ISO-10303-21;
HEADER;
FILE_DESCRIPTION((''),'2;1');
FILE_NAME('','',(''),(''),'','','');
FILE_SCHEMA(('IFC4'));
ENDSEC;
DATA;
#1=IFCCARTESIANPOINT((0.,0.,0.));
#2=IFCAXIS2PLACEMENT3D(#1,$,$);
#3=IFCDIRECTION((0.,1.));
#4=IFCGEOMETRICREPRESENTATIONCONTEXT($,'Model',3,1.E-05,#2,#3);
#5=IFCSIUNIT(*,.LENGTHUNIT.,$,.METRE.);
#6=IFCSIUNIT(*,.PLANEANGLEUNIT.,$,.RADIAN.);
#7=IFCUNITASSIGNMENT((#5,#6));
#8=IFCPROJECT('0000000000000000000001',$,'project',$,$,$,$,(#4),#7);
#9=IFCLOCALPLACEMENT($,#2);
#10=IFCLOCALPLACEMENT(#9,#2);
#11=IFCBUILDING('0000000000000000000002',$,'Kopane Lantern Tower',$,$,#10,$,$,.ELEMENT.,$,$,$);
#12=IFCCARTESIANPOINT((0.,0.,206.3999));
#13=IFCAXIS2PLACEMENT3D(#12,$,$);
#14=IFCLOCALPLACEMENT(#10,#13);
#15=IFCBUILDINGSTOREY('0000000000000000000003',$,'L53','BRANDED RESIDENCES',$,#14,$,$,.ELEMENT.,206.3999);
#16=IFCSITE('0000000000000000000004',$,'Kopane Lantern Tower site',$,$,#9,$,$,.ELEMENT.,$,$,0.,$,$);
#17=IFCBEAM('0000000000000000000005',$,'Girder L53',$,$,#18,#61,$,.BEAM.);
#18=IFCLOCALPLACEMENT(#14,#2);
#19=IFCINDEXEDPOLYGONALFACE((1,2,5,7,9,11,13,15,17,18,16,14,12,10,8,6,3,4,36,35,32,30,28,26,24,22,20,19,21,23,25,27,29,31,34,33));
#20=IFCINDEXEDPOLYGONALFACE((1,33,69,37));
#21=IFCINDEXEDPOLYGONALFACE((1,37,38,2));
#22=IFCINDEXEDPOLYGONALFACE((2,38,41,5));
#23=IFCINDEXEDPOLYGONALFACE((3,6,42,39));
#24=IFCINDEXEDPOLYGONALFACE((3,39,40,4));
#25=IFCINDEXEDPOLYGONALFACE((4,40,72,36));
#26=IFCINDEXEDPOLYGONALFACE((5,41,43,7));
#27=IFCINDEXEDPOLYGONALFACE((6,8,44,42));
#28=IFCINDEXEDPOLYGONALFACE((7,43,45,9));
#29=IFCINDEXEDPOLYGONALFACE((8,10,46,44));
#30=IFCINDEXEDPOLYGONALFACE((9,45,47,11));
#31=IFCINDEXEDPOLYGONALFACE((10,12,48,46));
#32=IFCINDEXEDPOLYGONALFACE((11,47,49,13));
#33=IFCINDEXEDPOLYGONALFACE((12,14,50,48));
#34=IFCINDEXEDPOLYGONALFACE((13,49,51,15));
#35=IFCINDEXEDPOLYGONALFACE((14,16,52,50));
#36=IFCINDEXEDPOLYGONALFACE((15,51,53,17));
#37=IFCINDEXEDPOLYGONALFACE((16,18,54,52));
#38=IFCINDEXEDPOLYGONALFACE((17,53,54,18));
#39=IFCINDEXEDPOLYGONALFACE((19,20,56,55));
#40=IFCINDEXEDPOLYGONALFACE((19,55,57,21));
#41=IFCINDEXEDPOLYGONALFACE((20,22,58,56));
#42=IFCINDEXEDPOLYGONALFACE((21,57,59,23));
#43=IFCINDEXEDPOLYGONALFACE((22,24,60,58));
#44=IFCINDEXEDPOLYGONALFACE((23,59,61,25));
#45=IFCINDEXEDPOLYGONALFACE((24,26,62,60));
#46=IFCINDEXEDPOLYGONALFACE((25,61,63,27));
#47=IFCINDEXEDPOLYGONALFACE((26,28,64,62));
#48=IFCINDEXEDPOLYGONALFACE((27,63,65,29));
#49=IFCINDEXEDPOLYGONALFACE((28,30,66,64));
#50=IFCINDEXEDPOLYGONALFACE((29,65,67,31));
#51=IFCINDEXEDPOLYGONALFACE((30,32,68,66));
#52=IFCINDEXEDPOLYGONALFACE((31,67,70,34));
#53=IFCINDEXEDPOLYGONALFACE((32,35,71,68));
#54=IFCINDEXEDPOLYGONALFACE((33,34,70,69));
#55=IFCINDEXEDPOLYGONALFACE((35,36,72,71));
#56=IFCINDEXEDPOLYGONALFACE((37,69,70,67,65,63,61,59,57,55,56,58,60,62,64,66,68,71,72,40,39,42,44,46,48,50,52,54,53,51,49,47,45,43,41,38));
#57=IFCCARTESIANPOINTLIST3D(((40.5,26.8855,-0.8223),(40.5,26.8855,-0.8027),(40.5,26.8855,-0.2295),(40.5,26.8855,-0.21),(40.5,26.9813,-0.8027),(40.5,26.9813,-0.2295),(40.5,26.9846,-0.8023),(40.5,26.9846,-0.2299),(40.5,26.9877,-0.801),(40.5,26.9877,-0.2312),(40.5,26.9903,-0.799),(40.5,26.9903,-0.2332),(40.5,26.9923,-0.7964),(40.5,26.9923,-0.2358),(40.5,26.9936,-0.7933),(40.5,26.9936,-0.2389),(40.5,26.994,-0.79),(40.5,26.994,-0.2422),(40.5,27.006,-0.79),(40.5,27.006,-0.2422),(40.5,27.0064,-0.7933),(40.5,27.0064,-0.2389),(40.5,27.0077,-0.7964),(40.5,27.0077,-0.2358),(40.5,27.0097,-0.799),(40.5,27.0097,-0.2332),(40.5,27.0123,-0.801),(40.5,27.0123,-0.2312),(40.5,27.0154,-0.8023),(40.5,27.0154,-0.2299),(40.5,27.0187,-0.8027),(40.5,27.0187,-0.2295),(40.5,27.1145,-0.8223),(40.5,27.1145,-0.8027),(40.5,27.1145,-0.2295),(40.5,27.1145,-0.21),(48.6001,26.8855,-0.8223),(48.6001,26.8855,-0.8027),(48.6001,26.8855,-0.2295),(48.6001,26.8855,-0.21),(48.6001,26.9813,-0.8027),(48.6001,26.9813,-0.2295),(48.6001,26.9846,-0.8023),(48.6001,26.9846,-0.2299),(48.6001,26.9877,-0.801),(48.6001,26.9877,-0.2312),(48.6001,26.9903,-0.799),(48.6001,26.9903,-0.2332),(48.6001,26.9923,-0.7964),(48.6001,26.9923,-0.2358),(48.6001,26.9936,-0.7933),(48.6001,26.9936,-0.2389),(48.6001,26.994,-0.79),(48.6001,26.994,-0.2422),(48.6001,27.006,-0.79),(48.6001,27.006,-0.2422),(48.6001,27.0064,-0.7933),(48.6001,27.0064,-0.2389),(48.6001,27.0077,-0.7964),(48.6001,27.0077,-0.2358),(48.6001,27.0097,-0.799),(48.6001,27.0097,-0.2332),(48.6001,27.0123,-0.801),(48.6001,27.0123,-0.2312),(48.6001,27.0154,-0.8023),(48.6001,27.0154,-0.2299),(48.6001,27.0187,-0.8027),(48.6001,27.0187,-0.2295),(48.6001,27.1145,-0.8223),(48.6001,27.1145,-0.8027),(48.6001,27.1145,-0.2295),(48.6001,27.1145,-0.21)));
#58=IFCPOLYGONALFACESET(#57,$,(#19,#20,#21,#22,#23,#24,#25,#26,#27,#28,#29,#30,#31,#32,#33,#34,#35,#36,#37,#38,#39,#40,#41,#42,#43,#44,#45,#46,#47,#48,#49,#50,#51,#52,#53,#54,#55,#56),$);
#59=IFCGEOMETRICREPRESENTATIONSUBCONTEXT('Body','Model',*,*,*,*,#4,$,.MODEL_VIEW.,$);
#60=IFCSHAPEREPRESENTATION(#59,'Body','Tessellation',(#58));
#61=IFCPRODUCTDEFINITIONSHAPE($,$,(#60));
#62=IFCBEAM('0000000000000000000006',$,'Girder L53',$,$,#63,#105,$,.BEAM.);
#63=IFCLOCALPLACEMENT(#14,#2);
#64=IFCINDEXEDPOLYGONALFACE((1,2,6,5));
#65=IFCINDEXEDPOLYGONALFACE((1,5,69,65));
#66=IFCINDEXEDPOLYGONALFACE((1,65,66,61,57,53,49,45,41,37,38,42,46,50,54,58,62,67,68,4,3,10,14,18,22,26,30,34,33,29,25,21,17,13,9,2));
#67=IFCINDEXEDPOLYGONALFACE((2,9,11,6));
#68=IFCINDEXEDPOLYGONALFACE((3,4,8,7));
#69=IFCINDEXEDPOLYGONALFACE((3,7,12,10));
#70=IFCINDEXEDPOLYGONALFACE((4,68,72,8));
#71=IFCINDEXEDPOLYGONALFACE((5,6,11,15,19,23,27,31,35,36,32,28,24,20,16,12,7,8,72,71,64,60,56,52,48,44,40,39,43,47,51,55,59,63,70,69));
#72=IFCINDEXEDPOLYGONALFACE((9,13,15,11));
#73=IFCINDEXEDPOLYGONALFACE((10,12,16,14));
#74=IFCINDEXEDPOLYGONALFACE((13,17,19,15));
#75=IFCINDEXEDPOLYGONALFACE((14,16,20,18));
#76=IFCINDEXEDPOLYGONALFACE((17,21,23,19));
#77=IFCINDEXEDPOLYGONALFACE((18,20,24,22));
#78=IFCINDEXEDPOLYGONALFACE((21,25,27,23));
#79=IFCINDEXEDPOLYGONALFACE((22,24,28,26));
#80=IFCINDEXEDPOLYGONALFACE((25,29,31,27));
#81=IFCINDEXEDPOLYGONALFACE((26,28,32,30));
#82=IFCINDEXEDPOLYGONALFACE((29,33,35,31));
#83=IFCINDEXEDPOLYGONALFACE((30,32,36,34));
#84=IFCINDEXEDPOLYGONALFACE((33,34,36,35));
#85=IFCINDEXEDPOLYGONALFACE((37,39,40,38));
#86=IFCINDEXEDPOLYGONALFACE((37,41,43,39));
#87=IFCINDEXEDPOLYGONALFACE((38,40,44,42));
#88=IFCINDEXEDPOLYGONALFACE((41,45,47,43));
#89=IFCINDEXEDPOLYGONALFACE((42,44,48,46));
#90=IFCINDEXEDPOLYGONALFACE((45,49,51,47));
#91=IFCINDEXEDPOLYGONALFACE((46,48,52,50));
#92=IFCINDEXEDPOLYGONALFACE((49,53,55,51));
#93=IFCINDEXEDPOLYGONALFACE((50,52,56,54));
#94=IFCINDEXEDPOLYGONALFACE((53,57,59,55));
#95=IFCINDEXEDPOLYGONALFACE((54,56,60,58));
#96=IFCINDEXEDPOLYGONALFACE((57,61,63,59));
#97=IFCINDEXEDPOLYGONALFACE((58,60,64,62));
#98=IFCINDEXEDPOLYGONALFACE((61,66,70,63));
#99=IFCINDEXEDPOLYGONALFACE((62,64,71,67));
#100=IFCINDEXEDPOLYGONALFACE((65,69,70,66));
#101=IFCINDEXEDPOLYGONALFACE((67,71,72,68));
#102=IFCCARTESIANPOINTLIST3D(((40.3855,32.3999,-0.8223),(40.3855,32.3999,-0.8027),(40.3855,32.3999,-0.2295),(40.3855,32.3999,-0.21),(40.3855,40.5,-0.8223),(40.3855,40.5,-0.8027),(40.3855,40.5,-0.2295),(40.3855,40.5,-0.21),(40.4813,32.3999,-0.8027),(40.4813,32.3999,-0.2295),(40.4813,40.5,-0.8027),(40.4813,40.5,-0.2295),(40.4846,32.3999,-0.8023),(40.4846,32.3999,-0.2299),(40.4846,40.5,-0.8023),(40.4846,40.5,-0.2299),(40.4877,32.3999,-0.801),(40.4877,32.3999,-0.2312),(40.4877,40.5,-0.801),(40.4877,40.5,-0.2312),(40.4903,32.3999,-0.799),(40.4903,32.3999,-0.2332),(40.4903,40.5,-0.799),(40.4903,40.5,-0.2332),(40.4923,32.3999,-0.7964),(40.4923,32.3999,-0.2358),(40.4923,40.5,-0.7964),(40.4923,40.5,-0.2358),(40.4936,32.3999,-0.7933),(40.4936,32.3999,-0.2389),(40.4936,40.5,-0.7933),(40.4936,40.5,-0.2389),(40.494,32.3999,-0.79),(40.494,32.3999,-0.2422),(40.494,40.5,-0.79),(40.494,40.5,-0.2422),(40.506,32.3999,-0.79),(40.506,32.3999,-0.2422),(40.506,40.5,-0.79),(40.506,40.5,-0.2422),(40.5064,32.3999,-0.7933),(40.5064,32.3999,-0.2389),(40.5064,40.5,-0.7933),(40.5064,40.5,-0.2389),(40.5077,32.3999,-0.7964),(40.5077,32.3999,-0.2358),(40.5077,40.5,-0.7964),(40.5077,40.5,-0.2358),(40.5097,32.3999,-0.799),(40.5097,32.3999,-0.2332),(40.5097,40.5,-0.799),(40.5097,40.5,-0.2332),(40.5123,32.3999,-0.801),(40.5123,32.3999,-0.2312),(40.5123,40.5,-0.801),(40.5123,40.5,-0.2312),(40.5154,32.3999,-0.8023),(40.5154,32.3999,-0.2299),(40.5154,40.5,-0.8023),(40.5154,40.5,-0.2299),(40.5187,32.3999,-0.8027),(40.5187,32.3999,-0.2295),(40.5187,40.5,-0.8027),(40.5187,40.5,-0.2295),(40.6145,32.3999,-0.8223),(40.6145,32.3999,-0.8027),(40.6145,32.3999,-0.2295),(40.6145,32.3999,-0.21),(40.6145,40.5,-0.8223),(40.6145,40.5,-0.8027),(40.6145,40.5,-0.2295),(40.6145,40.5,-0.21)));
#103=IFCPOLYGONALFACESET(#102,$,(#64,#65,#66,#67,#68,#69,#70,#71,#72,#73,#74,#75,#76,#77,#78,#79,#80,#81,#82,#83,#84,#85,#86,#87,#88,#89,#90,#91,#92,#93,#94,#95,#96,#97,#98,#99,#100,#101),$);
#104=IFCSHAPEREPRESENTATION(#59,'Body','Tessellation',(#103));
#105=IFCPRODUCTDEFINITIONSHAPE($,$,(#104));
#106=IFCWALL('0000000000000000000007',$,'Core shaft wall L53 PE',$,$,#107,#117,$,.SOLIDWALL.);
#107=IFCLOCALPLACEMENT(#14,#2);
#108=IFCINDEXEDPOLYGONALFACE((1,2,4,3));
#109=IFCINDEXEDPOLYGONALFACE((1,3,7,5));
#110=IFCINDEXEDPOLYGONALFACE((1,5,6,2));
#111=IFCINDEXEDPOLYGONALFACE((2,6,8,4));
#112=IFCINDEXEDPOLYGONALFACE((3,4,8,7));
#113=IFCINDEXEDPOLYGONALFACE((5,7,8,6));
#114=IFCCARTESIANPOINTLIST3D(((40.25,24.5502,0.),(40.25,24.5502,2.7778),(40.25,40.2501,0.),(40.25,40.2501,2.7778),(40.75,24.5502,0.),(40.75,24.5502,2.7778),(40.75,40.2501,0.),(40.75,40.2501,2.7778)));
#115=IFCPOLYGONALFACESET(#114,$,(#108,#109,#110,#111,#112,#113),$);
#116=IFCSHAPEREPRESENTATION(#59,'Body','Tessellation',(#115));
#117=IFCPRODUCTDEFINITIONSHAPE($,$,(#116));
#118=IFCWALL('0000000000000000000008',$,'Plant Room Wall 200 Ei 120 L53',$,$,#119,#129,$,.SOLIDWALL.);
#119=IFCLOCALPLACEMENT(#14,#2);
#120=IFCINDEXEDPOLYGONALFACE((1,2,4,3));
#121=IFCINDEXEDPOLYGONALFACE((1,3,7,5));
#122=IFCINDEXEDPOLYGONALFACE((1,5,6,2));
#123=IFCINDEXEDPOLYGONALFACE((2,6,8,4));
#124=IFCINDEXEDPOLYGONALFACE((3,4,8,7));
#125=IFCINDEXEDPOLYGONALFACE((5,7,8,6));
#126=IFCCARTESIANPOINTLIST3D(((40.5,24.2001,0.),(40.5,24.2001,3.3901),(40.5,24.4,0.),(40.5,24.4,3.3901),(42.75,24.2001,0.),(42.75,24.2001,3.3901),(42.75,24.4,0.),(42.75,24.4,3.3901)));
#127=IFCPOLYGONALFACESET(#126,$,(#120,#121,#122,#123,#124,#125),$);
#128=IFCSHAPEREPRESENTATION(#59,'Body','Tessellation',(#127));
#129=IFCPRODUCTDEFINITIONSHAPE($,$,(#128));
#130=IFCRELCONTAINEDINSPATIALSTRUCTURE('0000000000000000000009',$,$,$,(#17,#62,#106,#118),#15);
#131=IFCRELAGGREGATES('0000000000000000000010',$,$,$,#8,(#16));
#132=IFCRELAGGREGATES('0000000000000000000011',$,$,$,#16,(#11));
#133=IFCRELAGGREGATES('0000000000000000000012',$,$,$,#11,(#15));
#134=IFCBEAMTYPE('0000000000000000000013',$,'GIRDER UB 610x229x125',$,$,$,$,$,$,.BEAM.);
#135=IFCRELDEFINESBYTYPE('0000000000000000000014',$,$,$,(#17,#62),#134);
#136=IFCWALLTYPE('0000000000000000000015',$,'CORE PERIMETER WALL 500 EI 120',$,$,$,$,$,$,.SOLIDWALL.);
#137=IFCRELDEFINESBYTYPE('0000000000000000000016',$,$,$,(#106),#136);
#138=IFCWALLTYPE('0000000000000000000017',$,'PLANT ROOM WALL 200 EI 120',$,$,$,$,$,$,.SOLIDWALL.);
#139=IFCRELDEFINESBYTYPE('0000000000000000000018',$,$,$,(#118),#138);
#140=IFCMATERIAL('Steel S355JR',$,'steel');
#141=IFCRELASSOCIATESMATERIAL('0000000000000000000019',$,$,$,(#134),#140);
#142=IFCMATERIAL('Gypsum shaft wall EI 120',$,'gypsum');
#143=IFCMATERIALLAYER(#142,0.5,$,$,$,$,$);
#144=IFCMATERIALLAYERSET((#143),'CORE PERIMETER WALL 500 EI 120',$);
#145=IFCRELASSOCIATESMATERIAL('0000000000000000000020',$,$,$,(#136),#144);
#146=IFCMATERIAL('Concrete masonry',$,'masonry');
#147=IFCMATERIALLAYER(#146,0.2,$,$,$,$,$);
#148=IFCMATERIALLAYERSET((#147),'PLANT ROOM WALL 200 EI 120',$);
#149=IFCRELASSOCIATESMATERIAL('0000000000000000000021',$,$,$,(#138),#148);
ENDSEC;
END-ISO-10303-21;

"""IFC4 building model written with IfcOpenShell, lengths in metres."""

from ifc_helpers import new_model, si_unit, direction, frame, frame_2d, origin, origin_2d, place, context, subcontext, project, spatial, rectangle, i_section, extrude, material, layer, layer_set, material_profile, profile_set, type_object, element, save


model = new_model("IFC4")

# Units and contexts
model_context = context("Model", 3, precision=1e-05, world=origin(), true_north=direction((0.0, 1.0)))
body_context = subcontext(model_context, "Body", "Model", "MODEL_VIEW")
ifc_project = project(units=[si_unit("LENGTHUNIT", "METRE"), si_unit("PLANEANGLEUNIT", "RADIAN")], contexts=[model_context])

# Site, building, storey
site_placement = place(None, origin())
site = spatial("IfcSite", under=ifc_project, at=site_placement, Name="Kopane Lantern Tower site", CompositionType="ELEMENT", RefElevation=0.0)
building_placement = place(site_placement, origin())
building = spatial("IfcBuilding", under=site, at=building_placement, Name="Kopane Lantern Tower", CompositionType="ELEMENT")
storey_placement = place(building_placement, frame((0.0, 0.0, 206.3999)))
storey = spatial("IfcBuildingStorey", under=building, at=storey_placement, Name="L53", Description="BRANDED RESIDENCES", CompositionType="ELEMENT", Elevation=206.3999)

# Beams
ifc_material_1 = material(Name="Steel S355JR", Category="steel")
ifc_material_profile_1 = material_profile(ifc_material_1, i_section(OverallWidth=0.229, OverallDepth=0.6123, WebThickness=0.012, FlangeThickness=0.0195, FilletRadius=0.0127, at=origin_2d()), Name="UB 610x229x125")
ifc_profile_set_1 = profile_set([ifc_material_profile_1], Name="Steel S355JR")
beam_type = type_object("IfcBeamType", Name="GIRDER UB 610x229x125", PredefinedType="BEAM", material=ifc_profile_set_1)
for number, where, z_axis, x_axis, name in (
    (1, (40.5, 27.0, -0.5161), (1.0, 0.0, 0.0), (0.0, 1.0, 0.0), "Girder L53"),
    (2, (40.5, 32.3999, -0.5161), (0.0, 1.0, 0.0), (-1.0, 0.0, 0.0), "Girder L53"),
):
    element("IfcBeam", number, at=place(storey_placement, frame(where, z_axis=z_axis, x_axis=x_axis)), inside=storey, type_object=beam_type, Name=name, PredefinedType="BEAM", context=body_context, shape_type="SweptSolid", body=[
        extrude(i_section(OverallWidth=0.229, OverallDepth=0.6123, WebThickness=0.012, FlangeThickness=0.0195, FilletRadius=0.0127, at=origin_2d()), origin(), (0.0, 0.0, 1.0), 8.1001),
    ])

# Walls
ifc_material_2 = material(Name="Gypsum shaft wall EI 120", Category="gypsum")
ifc_layer_1 = layer(ifc_material_2, 0.5)
ifc_layer_set_1 = layer_set([ifc_layer_1], Name="CORE PERIMETER WALL 500 EI 120")
wall_type_1 = type_object("IfcWallType", Name="CORE PERIMETER WALL 500 EI 120", PredefinedType="SOLIDWALL", material=ifc_layer_set_1)
wall_1_placement = place(storey_placement, frame((40.5, 24.55, 0.0), z_axis=(0.0, 0.0, 1.0), x_axis=(0.0, 1.0, 0.0)))
element("IfcWall", 3, at=wall_1_placement, inside=storey, type_object=wall_type_1, Name="Core shaft wall L53 PE", PredefinedType="SOLIDWALL", context=body_context, shape_type="SweptSolid", body=[
    extrude(rectangle(XDim=15.7, YDim=0.5, at=frame_2d((7.8501, 0.0))), origin(), (0.0, 0.0, 1.0), 2.7778),
])
ifc_material_3 = material(Name="Concrete masonry", Category="masonry")
ifc_layer_2 = layer(ifc_material_3, 0.2)
ifc_layer_set_2 = layer_set([ifc_layer_2], Name="PLANT ROOM WALL 200 EI 120")
wall_type_2 = type_object("IfcWallType", Name="PLANT ROOM WALL 200 EI 120", PredefinedType="SOLIDWALL", material=ifc_layer_set_2)
wall_2_placement = place(storey_placement, frame((40.5, 24.3, 0.0), z_axis=(0.0, 0.0, 1.0), x_axis=(1.0, 0.0, 0.0)))
element("IfcWall", 4, at=wall_2_placement, inside=storey, type_object=wall_type_2, Name="Plant Room Wall 200 Ei 120 L53", PredefinedType="SOLIDWALL", context=body_context, shape_type="SweptSolid", body=[
    extrude(rectangle(XDim=2.25, YDim=0.2, at=frame_2d((1.125, 0.0))), origin(), (0.0, 0.0, 1.0), 3.3901),
])

save(model, "model.ifc")
